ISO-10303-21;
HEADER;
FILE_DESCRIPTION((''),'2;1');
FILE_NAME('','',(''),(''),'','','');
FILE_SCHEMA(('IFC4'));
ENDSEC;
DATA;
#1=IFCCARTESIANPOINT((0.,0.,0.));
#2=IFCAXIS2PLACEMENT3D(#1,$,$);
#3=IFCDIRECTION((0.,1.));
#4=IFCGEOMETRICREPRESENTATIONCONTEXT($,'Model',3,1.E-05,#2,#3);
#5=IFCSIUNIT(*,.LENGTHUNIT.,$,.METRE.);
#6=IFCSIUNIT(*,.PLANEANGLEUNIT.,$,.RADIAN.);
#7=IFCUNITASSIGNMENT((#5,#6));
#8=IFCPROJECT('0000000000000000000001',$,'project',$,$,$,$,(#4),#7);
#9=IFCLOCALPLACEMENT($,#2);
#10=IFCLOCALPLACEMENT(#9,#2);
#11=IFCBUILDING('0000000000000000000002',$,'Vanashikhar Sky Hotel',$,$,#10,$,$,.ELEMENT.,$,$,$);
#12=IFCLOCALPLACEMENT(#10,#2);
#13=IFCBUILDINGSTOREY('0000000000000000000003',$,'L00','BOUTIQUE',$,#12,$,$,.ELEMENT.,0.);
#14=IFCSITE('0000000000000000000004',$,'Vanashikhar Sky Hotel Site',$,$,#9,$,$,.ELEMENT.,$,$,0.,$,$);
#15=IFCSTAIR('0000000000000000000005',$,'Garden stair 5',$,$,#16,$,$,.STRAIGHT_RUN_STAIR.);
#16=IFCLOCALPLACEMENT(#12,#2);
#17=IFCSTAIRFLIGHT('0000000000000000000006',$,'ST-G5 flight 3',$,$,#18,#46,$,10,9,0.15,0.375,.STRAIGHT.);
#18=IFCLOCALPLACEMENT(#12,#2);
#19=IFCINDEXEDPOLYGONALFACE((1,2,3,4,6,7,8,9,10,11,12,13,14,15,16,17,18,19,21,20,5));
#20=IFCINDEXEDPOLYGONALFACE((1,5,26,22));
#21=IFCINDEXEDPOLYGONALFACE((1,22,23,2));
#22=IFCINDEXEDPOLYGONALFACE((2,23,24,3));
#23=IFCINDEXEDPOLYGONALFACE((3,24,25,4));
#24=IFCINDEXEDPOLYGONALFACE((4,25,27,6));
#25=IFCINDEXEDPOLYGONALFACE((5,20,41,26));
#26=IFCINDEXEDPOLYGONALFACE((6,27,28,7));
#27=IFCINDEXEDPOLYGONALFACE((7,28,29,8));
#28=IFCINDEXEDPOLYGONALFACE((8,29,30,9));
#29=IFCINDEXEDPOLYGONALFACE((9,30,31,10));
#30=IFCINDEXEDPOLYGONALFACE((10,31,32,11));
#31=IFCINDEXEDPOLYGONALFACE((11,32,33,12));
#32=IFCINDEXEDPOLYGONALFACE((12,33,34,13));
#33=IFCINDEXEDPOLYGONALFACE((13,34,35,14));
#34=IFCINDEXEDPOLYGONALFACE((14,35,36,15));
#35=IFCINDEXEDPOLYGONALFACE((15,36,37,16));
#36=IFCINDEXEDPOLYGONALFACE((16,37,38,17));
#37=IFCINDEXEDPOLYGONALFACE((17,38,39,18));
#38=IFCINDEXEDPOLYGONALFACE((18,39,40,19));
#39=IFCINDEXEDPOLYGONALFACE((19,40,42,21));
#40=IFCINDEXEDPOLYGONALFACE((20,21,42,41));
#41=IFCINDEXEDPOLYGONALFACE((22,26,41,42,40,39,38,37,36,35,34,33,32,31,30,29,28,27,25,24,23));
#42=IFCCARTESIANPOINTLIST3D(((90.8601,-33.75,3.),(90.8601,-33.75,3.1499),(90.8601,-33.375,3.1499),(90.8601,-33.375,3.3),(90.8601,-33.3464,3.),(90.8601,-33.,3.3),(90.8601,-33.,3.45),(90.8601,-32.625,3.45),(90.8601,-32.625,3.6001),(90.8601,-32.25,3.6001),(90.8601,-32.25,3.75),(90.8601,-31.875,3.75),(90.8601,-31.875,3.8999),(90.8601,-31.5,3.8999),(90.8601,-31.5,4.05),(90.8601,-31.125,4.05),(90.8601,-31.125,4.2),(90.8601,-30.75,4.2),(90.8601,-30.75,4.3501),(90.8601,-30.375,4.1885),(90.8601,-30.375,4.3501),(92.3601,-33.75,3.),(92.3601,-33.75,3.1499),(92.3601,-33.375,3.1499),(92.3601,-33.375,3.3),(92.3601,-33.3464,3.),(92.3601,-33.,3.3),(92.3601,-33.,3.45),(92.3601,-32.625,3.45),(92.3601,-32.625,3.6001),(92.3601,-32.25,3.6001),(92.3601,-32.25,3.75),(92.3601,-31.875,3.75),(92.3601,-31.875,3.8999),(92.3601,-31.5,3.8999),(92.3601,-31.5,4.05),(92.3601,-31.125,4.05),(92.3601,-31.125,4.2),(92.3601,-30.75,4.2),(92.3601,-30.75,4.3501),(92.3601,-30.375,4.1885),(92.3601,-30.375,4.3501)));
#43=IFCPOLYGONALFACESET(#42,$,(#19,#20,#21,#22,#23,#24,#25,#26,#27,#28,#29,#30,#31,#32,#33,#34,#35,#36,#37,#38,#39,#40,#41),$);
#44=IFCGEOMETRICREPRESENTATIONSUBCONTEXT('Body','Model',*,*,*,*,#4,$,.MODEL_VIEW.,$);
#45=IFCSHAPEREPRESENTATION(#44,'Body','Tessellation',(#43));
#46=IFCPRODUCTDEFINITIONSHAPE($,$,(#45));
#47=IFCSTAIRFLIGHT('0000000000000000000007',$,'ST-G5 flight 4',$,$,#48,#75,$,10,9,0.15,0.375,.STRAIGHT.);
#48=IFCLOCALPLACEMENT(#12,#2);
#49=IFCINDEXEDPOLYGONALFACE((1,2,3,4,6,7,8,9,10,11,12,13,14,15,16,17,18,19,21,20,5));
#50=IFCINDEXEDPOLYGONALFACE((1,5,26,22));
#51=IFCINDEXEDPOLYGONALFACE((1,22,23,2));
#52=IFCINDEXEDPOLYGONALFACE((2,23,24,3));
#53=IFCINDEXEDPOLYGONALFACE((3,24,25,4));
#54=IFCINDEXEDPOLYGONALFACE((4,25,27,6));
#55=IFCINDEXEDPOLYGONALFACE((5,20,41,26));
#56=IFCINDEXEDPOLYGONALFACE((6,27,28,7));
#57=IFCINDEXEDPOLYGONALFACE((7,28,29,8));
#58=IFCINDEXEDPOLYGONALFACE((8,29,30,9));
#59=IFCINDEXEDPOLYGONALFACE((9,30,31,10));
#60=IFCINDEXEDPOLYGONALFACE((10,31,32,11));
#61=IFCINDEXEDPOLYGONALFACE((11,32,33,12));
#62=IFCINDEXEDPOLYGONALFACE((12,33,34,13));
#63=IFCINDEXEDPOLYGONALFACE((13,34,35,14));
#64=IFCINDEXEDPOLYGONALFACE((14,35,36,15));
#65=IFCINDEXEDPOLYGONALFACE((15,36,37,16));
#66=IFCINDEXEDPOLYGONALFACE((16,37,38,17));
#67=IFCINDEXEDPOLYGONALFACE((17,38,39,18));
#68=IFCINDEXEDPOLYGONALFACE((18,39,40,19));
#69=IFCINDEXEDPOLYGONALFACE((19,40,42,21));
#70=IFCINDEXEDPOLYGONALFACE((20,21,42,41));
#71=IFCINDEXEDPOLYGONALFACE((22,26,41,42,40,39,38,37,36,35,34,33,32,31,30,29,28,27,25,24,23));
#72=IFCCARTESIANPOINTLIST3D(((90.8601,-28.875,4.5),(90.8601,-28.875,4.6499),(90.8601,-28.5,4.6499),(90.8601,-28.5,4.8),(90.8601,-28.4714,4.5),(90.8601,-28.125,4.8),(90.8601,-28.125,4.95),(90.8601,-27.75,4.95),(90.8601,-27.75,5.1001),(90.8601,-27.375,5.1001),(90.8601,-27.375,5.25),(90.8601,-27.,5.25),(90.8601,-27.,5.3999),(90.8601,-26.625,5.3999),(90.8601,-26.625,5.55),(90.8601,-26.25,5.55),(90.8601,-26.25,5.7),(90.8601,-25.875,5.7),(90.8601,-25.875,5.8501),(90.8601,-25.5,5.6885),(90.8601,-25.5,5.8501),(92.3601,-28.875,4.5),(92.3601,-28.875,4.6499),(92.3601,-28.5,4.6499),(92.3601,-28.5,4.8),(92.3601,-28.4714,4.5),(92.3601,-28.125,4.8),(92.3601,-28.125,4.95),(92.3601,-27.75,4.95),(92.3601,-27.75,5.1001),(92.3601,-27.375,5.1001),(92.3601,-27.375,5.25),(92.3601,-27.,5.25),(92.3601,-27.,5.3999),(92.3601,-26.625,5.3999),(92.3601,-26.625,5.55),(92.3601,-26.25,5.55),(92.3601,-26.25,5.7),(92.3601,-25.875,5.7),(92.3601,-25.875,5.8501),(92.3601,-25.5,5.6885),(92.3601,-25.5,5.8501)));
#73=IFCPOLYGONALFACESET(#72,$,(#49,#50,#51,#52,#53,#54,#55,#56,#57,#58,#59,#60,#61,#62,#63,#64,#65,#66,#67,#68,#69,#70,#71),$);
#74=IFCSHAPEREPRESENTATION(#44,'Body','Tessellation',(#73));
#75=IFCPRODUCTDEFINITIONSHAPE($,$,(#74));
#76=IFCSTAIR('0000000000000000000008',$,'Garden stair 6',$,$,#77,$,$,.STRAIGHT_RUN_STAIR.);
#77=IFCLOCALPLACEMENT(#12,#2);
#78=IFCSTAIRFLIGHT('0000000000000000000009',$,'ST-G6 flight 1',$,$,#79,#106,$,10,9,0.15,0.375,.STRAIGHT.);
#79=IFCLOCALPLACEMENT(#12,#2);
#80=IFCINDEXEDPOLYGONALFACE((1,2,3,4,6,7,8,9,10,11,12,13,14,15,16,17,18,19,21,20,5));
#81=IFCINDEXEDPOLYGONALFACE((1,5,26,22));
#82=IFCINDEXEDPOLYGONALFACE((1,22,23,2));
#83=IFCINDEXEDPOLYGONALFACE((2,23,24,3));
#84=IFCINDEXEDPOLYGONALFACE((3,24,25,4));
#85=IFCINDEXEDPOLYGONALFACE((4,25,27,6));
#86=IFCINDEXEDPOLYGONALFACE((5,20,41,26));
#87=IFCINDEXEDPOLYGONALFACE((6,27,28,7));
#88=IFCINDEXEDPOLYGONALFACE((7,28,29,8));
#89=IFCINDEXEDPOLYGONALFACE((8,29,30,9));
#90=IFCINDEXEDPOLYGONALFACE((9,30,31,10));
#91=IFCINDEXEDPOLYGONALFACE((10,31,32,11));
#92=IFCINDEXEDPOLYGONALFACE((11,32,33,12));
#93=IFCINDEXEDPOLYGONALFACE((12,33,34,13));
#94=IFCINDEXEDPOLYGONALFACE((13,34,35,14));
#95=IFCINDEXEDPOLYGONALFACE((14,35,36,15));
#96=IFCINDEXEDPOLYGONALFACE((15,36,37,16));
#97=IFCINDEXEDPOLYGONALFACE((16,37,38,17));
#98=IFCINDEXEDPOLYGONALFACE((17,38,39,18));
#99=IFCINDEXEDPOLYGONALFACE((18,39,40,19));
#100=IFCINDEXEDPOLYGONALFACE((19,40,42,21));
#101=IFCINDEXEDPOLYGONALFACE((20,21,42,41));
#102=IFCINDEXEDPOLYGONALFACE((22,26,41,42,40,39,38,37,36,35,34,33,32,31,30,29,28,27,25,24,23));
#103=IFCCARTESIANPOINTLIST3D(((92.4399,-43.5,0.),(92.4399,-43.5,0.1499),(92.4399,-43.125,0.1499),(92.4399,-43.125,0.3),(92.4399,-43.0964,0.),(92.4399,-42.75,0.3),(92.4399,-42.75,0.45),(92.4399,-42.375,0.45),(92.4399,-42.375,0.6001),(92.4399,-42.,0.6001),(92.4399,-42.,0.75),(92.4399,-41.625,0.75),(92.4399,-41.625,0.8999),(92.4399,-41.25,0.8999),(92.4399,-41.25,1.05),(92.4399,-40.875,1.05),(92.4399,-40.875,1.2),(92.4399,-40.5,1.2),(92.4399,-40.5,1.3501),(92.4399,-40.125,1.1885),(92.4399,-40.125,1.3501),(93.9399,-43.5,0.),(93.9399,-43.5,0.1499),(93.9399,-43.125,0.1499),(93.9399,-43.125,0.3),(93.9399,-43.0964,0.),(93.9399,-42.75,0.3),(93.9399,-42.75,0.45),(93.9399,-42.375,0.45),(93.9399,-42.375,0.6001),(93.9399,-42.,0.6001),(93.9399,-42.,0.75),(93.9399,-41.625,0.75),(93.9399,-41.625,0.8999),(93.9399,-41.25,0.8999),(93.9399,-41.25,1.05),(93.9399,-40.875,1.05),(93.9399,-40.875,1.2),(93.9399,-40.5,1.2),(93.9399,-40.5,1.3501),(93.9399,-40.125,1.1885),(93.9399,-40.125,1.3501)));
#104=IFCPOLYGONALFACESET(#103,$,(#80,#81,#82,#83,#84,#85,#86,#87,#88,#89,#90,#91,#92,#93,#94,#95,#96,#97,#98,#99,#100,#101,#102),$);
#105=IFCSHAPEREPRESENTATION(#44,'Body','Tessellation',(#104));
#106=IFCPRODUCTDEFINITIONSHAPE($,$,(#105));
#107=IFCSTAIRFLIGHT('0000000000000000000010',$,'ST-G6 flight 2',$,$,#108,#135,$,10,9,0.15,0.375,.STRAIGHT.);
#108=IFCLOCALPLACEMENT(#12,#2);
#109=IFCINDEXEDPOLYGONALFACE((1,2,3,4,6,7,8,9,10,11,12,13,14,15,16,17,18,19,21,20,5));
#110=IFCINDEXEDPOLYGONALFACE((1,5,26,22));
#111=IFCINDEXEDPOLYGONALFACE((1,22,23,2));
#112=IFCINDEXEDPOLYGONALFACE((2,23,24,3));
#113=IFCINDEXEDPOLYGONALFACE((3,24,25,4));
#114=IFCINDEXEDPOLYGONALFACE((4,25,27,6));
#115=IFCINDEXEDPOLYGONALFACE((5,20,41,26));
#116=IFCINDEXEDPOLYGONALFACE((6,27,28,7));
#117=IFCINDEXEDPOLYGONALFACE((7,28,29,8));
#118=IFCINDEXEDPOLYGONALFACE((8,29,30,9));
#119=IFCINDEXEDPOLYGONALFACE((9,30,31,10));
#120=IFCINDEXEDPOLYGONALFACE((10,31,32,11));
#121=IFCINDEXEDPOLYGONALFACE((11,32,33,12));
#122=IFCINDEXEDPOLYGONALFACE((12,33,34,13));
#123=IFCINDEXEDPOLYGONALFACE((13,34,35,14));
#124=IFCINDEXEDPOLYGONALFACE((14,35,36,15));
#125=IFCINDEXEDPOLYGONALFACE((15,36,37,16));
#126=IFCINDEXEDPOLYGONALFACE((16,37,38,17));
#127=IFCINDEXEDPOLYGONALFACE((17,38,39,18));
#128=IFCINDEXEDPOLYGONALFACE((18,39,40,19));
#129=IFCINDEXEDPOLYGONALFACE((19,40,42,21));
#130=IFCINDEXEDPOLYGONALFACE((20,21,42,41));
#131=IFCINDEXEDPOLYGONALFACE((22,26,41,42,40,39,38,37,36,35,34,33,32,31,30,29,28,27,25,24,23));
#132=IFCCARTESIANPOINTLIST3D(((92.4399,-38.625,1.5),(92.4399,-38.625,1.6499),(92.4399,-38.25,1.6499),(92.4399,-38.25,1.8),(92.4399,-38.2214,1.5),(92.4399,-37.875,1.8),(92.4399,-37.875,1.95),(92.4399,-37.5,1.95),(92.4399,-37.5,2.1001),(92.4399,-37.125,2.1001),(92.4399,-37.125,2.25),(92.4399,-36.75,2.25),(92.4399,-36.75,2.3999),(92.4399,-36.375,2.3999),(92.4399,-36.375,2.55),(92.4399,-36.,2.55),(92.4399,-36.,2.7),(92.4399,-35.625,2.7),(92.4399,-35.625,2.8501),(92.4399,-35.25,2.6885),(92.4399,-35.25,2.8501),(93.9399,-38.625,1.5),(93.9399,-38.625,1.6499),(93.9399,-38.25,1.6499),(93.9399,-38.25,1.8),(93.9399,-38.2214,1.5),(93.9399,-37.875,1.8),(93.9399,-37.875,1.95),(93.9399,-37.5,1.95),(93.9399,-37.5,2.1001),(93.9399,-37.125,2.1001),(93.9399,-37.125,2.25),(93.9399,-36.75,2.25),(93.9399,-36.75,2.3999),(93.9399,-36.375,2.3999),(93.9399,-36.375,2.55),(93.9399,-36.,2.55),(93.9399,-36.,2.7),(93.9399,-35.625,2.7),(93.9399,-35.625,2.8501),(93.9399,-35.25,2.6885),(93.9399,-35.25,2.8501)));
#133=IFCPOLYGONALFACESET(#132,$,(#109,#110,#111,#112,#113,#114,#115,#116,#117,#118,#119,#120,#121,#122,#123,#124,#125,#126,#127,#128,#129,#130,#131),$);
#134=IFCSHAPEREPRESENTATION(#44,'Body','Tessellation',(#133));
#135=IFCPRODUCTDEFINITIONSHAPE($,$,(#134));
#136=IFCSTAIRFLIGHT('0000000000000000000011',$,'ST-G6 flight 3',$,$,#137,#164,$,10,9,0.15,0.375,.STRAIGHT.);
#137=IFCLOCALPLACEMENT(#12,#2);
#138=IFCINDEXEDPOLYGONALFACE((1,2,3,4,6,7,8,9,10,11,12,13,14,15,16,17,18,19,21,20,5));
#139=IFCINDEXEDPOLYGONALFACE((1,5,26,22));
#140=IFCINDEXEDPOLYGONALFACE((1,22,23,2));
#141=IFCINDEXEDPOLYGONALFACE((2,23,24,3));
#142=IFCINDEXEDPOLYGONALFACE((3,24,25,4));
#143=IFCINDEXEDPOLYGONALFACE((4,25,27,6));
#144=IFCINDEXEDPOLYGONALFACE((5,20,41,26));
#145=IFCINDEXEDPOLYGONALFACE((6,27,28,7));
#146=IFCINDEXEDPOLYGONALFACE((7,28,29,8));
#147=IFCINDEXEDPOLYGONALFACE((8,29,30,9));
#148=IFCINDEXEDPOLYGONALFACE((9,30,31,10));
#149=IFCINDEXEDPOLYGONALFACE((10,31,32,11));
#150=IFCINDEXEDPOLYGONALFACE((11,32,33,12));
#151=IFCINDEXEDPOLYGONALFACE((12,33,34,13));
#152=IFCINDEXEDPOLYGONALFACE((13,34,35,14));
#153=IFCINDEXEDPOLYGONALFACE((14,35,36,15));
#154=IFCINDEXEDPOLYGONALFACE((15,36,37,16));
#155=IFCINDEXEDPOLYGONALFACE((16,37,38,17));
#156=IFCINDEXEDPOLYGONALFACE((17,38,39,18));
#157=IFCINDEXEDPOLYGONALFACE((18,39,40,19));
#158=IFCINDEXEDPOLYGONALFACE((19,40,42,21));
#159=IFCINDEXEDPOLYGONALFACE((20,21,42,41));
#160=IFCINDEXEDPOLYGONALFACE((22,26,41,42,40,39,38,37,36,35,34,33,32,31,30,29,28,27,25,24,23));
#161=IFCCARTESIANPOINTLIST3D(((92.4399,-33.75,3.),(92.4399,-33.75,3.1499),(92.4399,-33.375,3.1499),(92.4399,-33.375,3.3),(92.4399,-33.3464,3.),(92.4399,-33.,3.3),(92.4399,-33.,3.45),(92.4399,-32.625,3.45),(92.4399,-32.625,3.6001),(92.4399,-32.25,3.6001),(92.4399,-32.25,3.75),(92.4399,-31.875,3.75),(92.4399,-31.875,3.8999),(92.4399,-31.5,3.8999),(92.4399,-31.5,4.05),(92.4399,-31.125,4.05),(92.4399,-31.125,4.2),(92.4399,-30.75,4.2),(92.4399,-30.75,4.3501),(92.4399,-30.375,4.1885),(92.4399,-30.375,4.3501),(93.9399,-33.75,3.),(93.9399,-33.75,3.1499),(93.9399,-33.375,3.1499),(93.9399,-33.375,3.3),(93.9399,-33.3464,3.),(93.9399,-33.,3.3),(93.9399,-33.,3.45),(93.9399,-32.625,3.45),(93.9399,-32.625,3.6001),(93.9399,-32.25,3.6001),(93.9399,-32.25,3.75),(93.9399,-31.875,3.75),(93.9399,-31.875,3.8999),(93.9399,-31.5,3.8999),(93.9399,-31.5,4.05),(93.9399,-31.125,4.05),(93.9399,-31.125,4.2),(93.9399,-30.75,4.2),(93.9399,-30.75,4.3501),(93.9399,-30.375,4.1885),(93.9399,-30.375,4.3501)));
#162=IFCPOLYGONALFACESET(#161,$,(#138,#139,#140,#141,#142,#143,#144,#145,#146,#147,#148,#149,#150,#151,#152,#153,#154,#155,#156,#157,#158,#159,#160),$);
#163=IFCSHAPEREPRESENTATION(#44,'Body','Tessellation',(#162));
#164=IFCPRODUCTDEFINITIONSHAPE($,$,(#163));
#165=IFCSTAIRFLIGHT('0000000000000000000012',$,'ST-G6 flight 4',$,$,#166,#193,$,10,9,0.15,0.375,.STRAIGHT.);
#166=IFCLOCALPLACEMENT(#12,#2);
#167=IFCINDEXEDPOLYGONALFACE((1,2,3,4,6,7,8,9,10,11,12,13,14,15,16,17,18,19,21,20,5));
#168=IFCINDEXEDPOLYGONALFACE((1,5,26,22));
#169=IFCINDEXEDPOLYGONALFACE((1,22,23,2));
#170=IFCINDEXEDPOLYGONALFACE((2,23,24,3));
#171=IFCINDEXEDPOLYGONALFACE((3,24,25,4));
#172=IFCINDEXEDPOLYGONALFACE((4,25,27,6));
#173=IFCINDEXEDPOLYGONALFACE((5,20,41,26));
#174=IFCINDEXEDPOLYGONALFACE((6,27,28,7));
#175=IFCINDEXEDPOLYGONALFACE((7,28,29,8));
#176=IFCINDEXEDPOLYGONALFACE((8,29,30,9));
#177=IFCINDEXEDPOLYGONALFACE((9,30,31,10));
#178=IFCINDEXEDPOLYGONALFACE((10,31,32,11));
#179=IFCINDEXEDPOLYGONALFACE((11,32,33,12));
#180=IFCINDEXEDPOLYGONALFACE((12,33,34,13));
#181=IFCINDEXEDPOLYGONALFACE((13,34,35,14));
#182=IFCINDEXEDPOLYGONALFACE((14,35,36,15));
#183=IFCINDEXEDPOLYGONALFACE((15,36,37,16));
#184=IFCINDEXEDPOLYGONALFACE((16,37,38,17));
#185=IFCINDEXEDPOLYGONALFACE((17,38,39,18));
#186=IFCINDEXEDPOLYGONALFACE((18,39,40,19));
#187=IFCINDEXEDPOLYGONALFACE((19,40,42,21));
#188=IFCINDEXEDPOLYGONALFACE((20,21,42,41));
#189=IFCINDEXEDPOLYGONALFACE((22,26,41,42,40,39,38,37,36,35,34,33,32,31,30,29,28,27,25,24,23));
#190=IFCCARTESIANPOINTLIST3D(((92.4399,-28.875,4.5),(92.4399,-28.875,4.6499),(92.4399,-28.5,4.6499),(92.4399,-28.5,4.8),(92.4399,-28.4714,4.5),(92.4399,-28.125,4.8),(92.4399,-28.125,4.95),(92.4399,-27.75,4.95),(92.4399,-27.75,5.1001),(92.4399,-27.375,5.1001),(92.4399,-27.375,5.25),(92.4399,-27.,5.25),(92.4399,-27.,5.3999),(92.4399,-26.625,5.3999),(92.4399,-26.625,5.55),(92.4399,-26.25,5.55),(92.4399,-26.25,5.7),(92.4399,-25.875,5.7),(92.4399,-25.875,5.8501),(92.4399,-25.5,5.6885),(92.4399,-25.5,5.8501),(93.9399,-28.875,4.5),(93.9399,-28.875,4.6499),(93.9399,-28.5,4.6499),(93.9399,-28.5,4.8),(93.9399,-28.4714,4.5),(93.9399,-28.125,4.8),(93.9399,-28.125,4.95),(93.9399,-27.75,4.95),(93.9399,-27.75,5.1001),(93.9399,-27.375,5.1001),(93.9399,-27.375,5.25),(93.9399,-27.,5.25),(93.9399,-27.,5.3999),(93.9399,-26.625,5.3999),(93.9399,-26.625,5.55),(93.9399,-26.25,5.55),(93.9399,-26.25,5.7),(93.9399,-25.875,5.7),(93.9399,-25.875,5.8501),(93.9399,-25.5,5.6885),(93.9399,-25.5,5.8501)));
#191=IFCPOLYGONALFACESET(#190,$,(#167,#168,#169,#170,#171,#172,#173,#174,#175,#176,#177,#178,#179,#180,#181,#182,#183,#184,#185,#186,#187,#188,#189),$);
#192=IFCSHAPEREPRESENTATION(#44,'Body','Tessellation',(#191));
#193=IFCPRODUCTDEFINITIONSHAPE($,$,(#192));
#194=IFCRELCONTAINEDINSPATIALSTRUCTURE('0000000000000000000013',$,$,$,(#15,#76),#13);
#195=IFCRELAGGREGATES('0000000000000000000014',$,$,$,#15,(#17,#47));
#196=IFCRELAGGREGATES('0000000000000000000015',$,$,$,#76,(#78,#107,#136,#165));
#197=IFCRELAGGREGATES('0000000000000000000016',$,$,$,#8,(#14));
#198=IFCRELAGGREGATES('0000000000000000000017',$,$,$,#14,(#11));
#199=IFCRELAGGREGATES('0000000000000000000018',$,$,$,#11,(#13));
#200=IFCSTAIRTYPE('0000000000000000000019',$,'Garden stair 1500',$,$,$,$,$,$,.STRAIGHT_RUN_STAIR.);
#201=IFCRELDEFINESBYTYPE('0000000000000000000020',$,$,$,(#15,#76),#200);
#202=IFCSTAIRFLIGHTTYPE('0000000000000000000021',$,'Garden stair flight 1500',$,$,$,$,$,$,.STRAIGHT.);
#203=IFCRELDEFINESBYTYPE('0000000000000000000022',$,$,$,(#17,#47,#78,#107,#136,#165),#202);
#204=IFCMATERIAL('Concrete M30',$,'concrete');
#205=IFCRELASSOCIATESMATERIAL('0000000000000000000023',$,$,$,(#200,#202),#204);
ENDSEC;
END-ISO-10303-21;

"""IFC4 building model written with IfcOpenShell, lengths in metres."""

from ifc_helpers import new_model, si_unit, direction, frame, origin, place, context, subcontext, project, spatial, polyline, outline, extrude, source, transform, mapped, material, type_object, element, aggregate, save


model = new_model("IFC4")

# Units and contexts
model_context = context("Model", 3, precision=1e-05, world=origin(), true_north=direction((0.0, 1.0)))
body_context = subcontext(model_context, "Body", "Model", "MODEL_VIEW")
ifc_project = project(units=[si_unit("LENGTHUNIT", "METRE"), si_unit("PLANEANGLEUNIT", "RADIAN")], contexts=[model_context])

# Site, building, storey
site_placement = place(None, origin())
site = spatial("IfcSite", under=ifc_project, at=site_placement, Name="Vanashikhar Sky Hotel Site", CompositionType="ELEMENT", RefElevation=0.0)
building_placement = place(site_placement, origin())
building = spatial("IfcBuilding", under=site, at=building_placement, Name="Vanashikhar Sky Hotel", CompositionType="ELEMENT")
storey_placement = place(building_placement, origin())
storey = spatial("IfcBuildingStorey", under=building, at=storey_placement, Name="L00", Description="BOUTIQUE", CompositionType="ELEMENT", Elevation=0.0)

# Stairs, stair flights
ifc_material_1 = material(Name="Concrete M30", Category="concrete")
stair_type = type_object("IfcStairType", Name="Garden stair 1500", PredefinedType="STRAIGHT_RUN_STAIR", material=ifc_material_1)
stair_flight_type = type_object("IfcStairFlightType", Name="Garden stair flight 1500", PredefinedType="STRAIGHT", material=ifc_material_1)
shared_shape_1 = source(origin(), body_context, "Body", "SweptSolid", [
    extrude(outline(polyline([(0.0, 0.0), (0.0, 0.1499), (0.375, 0.1499), (0.375, 0.3), (0.75, 0.3), (0.75, 0.45), (1.125, 0.45), (1.125, 0.6001), (1.5, 0.6001), (1.5, 0.75), (1.875, 0.75), (1.875, 0.8999), (2.25, 0.8999), (2.25, 1.05), (2.625, 1.05), (2.625, 1.2), (3.0, 1.2), (3.0, 1.3501), (3.375, 1.3501), (3.375, 1.5), (3.375, 1.1885), (0.4036, 0.0), (0.0, 0.0)])), frame((0.0, 0.75, 0.0), z_axis=(0.0, -1.0, 0.0), x_axis=(1.0, 0.0, 0.0)), (0.0, 0.0, 1.0), 1.5),
])
stair_1_placement = place(storey_placement, origin())
stair_1 = element("IfcStair", 1, at=stair_1_placement, inside=storey, type_object=stair_type, Name="Garden stair 5", PredefinedType="STRAIGHT_RUN_STAIR")
stair_flight_1_placement = place(storey_placement, frame((91.6101, -33.75, 3.0), z_axis=(0.0, 0.0, 1.0), x_axis=(0.0, 1.0, 0.0)))
stair_flight_1 = element("IfcStairFlight", 2, at=stair_flight_1_placement, type_object=stair_flight_type, Name="ST-G5 flight 3", NumberOfRisers=10, NumberOfTreads=9, PredefinedType="STRAIGHT", RiserHeight=0.15, TreadLength=0.375, context=body_context, shape_type="MappedRepresentation", body=[
    mapped(shared_shape_1, transform((0.0, 0.0, 0.0), scale=1.0)),
])
stair_flight_2_placement = place(storey_placement, frame((91.6101, -28.875, 4.5), z_axis=(0.0, 0.0, 1.0), x_axis=(0.0, 1.0, 0.0)))
stair_flight_2 = element("IfcStairFlight", 3, at=stair_flight_2_placement, type_object=stair_flight_type, Name="ST-G5 flight 4", NumberOfRisers=10, NumberOfTreads=9, PredefinedType="STRAIGHT", RiserHeight=0.15, TreadLength=0.375, context=body_context, shape_type="MappedRepresentation", body=[
    mapped(shared_shape_1, transform((0.0, 0.0, 0.0), scale=1.0)),
])
aggregate(stair_1, [stair_flight_1, stair_flight_2])
stair_2_placement = place(storey_placement, origin())
stair_2 = element("IfcStair", 4, at=stair_2_placement, inside=storey, type_object=stair_type, Name="Garden stair 6", PredefinedType="STRAIGHT_RUN_STAIR")
stair_flight_3_placement = place(storey_placement, frame((93.1899, -43.5, 0.0), z_axis=(0.0, 0.0, 1.0), x_axis=(0.0, 1.0, 0.0)))
stair_flight_3 = element("IfcStairFlight", 5, at=stair_flight_3_placement, type_object=stair_flight_type, Name="ST-G6 flight 1", NumberOfRisers=10, NumberOfTreads=9, PredefinedType="STRAIGHT", RiserHeight=0.15, TreadLength=0.375, context=body_context, shape_type="MappedRepresentation", body=[
    mapped(shared_shape_1, transform((0.0, 0.0, 0.0), scale=1.0)),
])
stair_flight_4_placement = place(storey_placement, frame((93.1899, -38.625, 1.5), z_axis=(0.0, 0.0, 1.0), x_axis=(0.0, 1.0, 0.0)))
stair_flight_4 = element("IfcStairFlight", 6, at=stair_flight_4_placement, type_object=stair_flight_type, Name="ST-G6 flight 2", NumberOfRisers=10, NumberOfTreads=9, PredefinedType="STRAIGHT", RiserHeight=0.15, TreadLength=0.375, context=body_context, shape_type="MappedRepresentation", body=[
    mapped(shared_shape_1, transform((0.0, 0.0, 0.0), scale=1.0)),
])
stair_flight_5_placement = place(storey_placement, frame((93.1899, -33.75, 3.0), z_axis=(0.0, 0.0, 1.0), x_axis=(0.0, 1.0, 0.0)))
stair_flight_5 = element("IfcStairFlight", 7, at=stair_flight_5_placement, type_object=stair_flight_type, Name="ST-G6 flight 3", NumberOfRisers=10, NumberOfTreads=9, PredefinedType="STRAIGHT", RiserHeight=0.15, TreadLength=0.375, context=body_context, shape_type="MappedRepresentation", body=[
    mapped(shared_shape_1, transform((0.0, 0.0, 0.0), scale=1.0)),
])
stair_flight_6_placement = place(storey_placement, frame((93.1899, -28.875, 4.5), z_axis=(0.0, 0.0, 1.0), x_axis=(0.0, 1.0, 0.0)))
stair_flight_6 = element("IfcStairFlight", 8, at=stair_flight_6_placement, type_object=stair_flight_type, Name="ST-G6 flight 4", NumberOfRisers=10, NumberOfTreads=9, PredefinedType="STRAIGHT", RiserHeight=0.15, TreadLength=0.375, context=body_context, shape_type="MappedRepresentation", body=[
    mapped(shared_shape_1, transform((0.0, 0.0, 0.0), scale=1.0)),
])
aggregate(stair_2, [stair_flight_3, stair_flight_4, stair_flight_5, stair_flight_6])

save(model, "model.ifc")
